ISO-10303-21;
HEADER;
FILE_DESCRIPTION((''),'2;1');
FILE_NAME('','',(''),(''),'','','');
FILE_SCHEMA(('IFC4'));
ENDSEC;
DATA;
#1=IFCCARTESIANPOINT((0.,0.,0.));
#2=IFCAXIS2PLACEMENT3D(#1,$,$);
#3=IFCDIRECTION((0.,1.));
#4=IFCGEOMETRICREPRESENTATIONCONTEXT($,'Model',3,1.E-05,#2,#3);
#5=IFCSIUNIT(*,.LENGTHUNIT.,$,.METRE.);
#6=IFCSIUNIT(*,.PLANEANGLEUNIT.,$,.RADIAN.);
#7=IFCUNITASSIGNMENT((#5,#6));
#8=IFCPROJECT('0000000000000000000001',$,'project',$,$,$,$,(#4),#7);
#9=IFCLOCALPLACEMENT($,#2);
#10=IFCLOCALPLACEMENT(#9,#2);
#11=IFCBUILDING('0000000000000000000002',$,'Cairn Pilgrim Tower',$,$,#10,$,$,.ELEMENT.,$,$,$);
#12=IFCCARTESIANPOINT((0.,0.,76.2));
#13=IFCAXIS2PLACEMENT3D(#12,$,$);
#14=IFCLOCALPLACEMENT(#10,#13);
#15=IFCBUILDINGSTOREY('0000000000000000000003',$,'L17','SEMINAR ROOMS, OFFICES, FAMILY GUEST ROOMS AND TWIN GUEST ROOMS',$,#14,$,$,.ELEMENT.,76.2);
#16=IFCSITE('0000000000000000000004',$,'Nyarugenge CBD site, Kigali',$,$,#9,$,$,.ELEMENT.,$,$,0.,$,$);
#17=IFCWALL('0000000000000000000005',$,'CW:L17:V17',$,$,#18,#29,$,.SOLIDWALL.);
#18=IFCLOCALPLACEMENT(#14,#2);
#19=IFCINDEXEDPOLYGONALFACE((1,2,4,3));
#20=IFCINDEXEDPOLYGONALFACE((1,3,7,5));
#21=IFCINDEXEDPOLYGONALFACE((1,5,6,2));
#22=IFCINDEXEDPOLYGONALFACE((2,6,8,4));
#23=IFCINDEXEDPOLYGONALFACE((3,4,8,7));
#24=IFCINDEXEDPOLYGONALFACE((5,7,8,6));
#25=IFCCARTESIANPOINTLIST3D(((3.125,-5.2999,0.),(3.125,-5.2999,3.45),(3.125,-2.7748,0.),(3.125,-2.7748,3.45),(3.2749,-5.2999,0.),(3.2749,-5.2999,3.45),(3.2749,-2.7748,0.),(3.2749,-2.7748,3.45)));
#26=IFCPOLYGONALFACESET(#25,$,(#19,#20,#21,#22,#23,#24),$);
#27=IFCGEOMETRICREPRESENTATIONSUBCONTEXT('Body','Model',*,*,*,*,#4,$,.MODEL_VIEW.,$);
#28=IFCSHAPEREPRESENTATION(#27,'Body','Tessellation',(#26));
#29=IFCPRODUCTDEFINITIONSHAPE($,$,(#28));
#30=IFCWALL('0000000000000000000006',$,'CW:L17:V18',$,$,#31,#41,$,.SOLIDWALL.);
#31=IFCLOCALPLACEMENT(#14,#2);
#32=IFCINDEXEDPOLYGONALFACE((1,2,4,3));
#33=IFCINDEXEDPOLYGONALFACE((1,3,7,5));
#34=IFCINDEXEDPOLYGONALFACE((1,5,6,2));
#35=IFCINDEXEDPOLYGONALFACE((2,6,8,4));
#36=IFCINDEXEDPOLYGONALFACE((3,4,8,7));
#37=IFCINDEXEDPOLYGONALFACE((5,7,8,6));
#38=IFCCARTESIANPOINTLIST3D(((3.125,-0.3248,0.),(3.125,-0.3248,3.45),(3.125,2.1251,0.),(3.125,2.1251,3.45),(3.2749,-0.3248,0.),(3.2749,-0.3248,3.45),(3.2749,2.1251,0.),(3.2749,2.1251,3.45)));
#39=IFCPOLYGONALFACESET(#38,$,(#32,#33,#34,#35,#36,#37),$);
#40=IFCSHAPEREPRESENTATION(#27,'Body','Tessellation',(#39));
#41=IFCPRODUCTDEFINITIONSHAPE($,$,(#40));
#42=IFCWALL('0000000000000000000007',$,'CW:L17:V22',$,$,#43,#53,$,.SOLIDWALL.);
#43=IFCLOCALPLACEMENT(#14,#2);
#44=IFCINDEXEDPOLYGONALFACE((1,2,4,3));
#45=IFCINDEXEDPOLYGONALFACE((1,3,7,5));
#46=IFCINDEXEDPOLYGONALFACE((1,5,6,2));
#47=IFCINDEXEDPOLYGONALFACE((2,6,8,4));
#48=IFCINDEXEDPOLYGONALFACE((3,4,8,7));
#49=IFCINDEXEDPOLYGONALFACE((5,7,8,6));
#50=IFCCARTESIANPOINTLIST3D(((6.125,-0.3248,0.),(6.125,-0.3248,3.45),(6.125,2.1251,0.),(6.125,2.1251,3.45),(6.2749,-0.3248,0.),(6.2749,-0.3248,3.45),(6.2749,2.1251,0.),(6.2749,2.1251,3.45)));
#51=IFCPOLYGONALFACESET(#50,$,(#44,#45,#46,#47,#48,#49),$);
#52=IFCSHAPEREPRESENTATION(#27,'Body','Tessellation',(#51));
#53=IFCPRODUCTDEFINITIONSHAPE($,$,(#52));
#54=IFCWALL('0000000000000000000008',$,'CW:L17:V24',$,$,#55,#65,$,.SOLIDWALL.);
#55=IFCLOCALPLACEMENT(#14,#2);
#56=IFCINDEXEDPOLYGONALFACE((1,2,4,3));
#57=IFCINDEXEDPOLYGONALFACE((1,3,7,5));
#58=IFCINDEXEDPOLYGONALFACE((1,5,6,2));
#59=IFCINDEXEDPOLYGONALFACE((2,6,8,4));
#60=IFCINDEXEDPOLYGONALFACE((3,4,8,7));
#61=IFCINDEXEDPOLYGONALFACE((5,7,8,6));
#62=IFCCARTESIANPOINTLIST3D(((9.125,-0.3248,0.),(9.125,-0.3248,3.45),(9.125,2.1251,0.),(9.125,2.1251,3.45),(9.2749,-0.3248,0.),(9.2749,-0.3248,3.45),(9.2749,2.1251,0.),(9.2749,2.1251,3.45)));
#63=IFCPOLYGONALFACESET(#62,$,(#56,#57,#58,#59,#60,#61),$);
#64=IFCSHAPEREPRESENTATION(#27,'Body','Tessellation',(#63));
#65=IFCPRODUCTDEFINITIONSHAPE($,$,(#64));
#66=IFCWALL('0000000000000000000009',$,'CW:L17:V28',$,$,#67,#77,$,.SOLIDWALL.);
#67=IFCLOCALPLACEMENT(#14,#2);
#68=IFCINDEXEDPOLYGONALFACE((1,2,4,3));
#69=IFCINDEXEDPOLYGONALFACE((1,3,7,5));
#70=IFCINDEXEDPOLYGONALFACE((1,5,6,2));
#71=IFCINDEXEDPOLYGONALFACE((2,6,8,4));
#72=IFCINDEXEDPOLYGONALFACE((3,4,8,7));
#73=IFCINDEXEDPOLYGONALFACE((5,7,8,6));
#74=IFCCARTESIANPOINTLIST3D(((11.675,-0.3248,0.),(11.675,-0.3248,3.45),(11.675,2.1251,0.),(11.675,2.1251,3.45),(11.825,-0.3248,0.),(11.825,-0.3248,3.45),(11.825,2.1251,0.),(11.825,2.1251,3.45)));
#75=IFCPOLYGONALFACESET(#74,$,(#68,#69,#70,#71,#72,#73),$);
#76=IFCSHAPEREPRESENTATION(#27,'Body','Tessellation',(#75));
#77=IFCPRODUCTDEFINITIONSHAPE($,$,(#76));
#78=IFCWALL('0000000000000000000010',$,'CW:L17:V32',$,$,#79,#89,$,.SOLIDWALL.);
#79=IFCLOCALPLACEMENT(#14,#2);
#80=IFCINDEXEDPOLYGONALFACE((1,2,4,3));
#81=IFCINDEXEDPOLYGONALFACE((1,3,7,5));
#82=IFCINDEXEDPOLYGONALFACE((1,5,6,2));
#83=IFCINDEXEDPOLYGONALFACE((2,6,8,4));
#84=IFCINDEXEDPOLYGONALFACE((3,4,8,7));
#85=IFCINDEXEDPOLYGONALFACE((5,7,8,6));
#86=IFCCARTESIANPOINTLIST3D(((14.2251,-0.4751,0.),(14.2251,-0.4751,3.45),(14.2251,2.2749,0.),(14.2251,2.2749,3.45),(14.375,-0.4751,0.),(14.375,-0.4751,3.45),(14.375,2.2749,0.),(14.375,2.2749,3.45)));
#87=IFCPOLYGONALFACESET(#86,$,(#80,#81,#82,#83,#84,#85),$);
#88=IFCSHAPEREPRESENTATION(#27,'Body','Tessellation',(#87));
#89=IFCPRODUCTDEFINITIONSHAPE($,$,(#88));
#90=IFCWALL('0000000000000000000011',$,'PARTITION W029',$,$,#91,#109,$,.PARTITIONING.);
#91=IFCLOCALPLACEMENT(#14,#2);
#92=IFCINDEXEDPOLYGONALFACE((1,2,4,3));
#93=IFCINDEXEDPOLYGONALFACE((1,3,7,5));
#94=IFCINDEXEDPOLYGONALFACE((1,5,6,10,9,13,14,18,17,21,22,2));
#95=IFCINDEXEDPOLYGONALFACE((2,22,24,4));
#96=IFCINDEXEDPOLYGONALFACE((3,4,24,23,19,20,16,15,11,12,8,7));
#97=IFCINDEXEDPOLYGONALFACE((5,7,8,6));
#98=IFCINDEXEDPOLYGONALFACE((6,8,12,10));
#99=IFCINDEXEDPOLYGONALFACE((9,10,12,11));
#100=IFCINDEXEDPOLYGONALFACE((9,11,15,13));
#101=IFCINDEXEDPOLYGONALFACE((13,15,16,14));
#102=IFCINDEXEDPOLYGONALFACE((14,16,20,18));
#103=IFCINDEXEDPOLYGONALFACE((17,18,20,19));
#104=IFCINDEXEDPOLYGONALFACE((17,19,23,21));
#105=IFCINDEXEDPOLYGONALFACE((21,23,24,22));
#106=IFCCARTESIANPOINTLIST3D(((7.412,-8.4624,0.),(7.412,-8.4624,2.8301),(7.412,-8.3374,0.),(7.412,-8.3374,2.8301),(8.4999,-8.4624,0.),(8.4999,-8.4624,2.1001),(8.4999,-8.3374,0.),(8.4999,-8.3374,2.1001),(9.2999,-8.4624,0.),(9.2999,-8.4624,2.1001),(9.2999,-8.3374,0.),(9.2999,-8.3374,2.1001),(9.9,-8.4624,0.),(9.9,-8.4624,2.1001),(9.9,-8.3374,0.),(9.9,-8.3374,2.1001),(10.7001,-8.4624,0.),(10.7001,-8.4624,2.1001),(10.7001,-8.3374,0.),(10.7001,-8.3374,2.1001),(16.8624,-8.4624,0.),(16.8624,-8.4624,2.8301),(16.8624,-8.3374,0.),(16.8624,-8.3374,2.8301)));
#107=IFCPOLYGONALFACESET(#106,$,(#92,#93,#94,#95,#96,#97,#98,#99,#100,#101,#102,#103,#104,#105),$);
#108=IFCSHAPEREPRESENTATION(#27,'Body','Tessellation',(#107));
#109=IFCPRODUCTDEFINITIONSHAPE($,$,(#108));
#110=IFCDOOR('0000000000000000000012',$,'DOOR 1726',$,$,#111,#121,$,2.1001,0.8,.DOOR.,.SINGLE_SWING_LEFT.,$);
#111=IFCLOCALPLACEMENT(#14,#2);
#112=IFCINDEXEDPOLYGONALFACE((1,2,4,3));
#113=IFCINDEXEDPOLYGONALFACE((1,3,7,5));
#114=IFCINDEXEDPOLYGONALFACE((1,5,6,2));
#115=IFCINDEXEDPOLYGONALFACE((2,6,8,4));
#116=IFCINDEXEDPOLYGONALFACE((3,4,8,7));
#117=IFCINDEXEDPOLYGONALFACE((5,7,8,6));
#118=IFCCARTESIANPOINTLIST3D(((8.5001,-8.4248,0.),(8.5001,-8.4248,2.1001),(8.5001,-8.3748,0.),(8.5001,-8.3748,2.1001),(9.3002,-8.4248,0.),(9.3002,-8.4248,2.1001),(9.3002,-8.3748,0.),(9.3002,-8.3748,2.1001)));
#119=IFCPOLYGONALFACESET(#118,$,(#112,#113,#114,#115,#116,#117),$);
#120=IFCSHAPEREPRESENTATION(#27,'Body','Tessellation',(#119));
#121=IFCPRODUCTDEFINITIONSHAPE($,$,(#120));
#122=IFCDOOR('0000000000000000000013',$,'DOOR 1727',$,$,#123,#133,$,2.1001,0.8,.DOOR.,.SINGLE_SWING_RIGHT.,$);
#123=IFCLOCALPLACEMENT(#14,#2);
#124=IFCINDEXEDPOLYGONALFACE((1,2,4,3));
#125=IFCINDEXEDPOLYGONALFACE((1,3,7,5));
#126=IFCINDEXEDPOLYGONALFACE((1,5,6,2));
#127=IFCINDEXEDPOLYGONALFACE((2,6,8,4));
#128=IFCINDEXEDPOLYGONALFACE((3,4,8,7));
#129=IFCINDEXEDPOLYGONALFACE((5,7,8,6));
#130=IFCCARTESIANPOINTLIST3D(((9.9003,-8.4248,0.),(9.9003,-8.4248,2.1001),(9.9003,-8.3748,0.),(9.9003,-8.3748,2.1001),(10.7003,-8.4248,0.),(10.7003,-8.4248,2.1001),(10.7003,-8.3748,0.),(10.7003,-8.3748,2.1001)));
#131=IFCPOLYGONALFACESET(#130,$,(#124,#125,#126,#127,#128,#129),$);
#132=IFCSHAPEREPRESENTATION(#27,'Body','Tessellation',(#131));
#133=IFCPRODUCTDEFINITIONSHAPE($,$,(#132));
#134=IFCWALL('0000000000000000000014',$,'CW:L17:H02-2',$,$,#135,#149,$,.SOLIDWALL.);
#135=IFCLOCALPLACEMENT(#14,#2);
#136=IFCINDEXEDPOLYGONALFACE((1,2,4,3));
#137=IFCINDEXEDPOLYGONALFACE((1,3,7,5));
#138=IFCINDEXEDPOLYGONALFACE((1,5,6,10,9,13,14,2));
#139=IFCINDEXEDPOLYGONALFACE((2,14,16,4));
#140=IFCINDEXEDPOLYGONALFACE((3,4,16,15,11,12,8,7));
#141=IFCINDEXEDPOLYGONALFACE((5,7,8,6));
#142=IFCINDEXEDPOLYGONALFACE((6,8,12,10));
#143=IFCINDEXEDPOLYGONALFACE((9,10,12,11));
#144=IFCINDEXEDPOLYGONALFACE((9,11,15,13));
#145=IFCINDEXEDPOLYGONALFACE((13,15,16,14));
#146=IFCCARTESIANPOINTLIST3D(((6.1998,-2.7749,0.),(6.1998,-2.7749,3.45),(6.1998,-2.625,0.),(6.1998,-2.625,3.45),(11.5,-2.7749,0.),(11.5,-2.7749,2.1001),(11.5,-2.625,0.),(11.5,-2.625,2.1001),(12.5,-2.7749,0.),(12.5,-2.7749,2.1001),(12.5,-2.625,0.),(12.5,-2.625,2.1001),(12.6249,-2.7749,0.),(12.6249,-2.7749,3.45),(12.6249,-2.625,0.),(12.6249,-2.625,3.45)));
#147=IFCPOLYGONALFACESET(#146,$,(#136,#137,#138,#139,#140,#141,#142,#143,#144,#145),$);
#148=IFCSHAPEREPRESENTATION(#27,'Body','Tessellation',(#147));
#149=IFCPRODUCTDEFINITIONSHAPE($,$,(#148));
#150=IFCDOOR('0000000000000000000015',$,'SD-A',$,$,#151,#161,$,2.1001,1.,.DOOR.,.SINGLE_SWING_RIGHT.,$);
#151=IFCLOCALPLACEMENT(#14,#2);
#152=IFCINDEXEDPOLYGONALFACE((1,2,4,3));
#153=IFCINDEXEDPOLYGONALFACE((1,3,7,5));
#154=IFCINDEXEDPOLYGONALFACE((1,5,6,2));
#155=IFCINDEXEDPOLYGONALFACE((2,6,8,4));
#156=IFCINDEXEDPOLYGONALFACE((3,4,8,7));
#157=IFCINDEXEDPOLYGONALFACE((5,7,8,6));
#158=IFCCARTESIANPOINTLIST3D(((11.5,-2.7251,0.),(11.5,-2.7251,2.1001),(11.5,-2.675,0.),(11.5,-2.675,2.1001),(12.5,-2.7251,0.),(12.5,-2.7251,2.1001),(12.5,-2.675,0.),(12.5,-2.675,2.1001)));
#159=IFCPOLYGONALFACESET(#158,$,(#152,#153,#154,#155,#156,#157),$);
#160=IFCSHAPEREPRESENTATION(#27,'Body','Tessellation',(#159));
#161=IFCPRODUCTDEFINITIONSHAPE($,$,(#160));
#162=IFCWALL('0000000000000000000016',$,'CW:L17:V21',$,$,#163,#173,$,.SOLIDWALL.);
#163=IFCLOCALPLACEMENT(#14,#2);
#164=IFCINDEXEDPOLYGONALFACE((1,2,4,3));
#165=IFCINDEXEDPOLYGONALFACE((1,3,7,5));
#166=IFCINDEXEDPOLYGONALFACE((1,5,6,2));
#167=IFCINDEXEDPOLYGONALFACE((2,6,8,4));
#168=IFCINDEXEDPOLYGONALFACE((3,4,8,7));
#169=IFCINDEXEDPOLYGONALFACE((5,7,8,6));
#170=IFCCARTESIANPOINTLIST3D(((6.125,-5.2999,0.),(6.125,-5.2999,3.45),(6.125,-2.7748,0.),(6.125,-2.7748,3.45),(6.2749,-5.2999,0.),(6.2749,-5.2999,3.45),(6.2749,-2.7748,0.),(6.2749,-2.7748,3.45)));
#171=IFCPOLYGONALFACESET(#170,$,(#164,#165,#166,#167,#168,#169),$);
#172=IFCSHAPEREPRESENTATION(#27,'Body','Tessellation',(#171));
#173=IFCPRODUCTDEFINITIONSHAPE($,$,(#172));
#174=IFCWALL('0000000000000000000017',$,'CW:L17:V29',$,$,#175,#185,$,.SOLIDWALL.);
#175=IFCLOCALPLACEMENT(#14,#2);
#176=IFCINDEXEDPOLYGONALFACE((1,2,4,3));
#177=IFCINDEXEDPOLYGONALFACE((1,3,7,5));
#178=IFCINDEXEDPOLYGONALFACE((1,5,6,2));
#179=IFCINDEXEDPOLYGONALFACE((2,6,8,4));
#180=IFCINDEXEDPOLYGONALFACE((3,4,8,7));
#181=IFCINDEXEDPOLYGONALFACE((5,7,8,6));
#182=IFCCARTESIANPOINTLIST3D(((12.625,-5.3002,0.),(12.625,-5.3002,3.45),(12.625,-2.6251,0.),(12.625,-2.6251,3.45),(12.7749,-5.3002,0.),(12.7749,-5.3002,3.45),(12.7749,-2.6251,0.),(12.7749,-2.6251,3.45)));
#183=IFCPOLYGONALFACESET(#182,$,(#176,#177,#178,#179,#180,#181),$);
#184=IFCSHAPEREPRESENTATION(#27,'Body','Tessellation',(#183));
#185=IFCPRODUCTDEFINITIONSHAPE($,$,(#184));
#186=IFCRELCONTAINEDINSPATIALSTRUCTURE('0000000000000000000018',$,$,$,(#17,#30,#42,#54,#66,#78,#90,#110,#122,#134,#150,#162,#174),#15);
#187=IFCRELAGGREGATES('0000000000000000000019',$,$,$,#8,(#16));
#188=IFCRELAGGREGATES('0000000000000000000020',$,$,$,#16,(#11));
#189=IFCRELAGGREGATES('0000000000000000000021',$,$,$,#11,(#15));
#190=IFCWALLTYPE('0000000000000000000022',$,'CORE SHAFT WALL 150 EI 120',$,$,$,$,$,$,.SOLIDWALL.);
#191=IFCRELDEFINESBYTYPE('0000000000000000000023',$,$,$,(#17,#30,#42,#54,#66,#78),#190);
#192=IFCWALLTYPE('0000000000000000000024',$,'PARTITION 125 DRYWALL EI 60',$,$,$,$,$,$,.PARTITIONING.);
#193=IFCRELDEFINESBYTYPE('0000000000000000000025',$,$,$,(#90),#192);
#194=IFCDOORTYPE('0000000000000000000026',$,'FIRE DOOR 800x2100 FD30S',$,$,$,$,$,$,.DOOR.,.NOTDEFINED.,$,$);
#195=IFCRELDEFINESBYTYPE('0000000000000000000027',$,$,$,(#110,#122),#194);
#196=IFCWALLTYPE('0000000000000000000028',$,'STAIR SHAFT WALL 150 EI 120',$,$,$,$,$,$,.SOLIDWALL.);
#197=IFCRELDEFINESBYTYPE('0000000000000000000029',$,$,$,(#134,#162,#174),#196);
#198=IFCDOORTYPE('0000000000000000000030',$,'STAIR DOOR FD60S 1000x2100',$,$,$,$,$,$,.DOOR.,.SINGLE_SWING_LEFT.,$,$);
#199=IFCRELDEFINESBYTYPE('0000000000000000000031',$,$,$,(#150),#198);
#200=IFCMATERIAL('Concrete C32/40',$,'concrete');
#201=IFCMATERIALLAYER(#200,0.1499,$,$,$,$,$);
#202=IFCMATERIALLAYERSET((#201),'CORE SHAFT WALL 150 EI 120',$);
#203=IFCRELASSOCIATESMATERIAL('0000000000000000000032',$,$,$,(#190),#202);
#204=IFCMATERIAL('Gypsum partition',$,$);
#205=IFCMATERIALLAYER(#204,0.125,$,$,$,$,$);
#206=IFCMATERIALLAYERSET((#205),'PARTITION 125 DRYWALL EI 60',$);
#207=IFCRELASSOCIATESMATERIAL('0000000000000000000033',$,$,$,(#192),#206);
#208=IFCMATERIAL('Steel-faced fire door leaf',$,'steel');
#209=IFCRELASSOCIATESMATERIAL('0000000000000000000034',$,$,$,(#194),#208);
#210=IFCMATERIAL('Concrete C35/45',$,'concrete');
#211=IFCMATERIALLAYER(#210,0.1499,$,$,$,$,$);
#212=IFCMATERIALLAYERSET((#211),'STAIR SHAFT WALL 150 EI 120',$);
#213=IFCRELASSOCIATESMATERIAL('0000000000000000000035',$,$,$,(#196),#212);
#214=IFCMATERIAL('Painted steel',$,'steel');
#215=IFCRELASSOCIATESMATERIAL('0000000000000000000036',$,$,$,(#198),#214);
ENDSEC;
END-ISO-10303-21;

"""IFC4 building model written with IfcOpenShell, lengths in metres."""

from ifc_helpers import new_model, si_unit, direction, frame, frame_2d, origin, place, context, subcontext, project, spatial, rectangle, extrude, material, layer, layer_set, type_object, element, fill, save


model = new_model("IFC4")

# Units and contexts
model_context = context("Model", 3, precision=1e-05, world=origin(), true_north=direction((0.0, 1.0)))
body_context = subcontext(model_context, "Body", "Model", "MODEL_VIEW")
ifc_project = project(units=[si_unit("LENGTHUNIT", "METRE"), si_unit("PLANEANGLEUNIT", "RADIAN")], contexts=[model_context])

# Site, building, storey
site_placement = place(None, origin())
site = spatial("IfcSite", under=ifc_project, at=site_placement, Name="Nyarugenge CBD site, Kigali", CompositionType="ELEMENT", RefElevation=0.0)
building_placement = place(site_placement, origin())
building = spatial("IfcBuilding", under=site, at=building_placement, Name="Cairn Pilgrim Tower", CompositionType="ELEMENT")
storey_placement = place(building_placement, frame((0.0, 0.0, 76.2)))
storey = spatial("IfcBuildingStorey", under=building, at=storey_placement, Name="L17", Description="SEMINAR ROOMS, OFFICES, FAMILY GUEST ROOMS AND TWIN GUEST ROOMS", CompositionType="ELEMENT", Elevation=76.2)

# Shared definitions
ifc_material_1 = material(Name="Concrete C32/40", Category="concrete")

# Shared definitions
ifc_material_2 = material(Name="Painted steel", Category="steel")

# Walls
ifc_layer_1 = layer(ifc_material_1, 0.1499)
ifc_layer_set_1 = layer_set([ifc_layer_1], Name="CORE SHAFT WALL 150 EI 120")
wall_type_1 = type_object("IfcWallType", Name="CORE SHAFT WALL 150 EI 120", PredefinedType="SOLIDWALL", material=ifc_layer_set_1)
wall_1_placement = place(storey_placement, frame((3.2, -5.3, 0.0), z_axis=(0.0, 0.0, 1.0), x_axis=(0.0, 1.0, 0.0)))
element("IfcWall", 1, at=wall_1_placement, inside=storey, type_object=wall_type_1, Name="CW:L17:V17", PredefinedType="SOLIDWALL", context=body_context, shape_type="SweptSolid", body=[
    extrude(rectangle(XDim=2.5251, YDim=0.1499, at=frame_2d((1.2627, 0.0))), origin(), (0.0, 0.0, 1.0), 3.45),
])
for number, where, z_axis, x_axis, name in (
    (2, (3.2, -0.325, 0.0), (0.0, 0.0, 1.0), (0.0, 1.0, 0.0), "CW:L17:V18"),
    (3, (6.2, -0.325, 0.0), (0.0, 0.0, 1.0), (0.0, 1.0, 0.0), "CW:L17:V22"),
    (4, (9.2, -0.325, 0.0), (0.0, 0.0, 1.0), (0.0, 1.0, 0.0), "CW:L17:V24"),
    (5, (11.75, -0.325, 0.0), (0.0, 0.0, 1.0), (0.0, 1.0, 0.0), "CW:L17:V28"),
):
    element("IfcWall", number, at=place(storey_placement, frame(where, z_axis=z_axis, x_axis=x_axis)), inside=storey, type_object=wall_type_1, Name=name, PredefinedType="SOLIDWALL", context=body_context, shape_type="SweptSolid", body=[
        extrude(rectangle(XDim=2.45, YDim=0.1499, at=frame_2d((1.2251, 0.0))), origin(), (0.0, 0.0, 1.0), 3.45),
    ])
wall_2_placement = place(storey_placement, frame((14.3, -0.4751, 0.0), z_axis=(0.0, 0.0, 1.0), x_axis=(0.0, 1.0, 0.0)))
element("IfcWall", 6, at=wall_2_placement, inside=storey, type_object=wall_type_1, Name="CW:L17:V32", PredefinedType="SOLIDWALL", context=body_context, shape_type="SweptSolid", body=[
    extrude(rectangle(XDim=2.75, YDim=0.1499, at=frame_2d((1.375, 0.0))), origin(), (0.0, 0.0, 1.0), 3.45),
])

# Wall, openings, doors
ifc_material_3 = material(Name="Gypsum partition")
ifc_layer_2 = layer(ifc_material_3, 0.125)
ifc_layer_set_2 = layer_set([ifc_layer_2], Name="PARTITION 125 DRYWALL EI 60")
wall_type_2 = type_object("IfcWallType", Name="PARTITION 125 DRYWALL EI 60", PredefinedType="PARTITIONING", material=ifc_layer_set_2)
wall_3_placement = place(storey_placement, frame((7.4121, -8.3999, 0.0), z_axis=(0.0, 0.0, 1.0), x_axis=(1.0, 0.0, 0.0)))
wall_3 = element("IfcWall", 7, at=wall_3_placement, inside=storey, type_object=wall_type_2, Name="PARTITION W029", PredefinedType="PARTITIONING", context=body_context, shape_type="SweptSolid", body=[
    extrude(rectangle(XDim=9.4504, YDim=0.125, at=frame_2d((4.7251, 0.0))), origin(), (0.0, 0.0, 1.0), 2.8301),
])
opening_1_placement = place(wall_3_placement, frame((1.0879, 0.0, 0.0)))
opening_1 = element("IfcOpeningElement", 8, at=opening_1_placement, cuts=wall_3, PredefinedType="OPENING", context=body_context, shape_type="SweptSolid", body=[
    extrude(rectangle(XDim=0.8, YDim=2.1001, at=frame_2d((0.3999, 1.05))), frame((0.0, 0.0725, 0.0), z_axis=(0.0, -1.0, 0.0), x_axis=(1.0, 0.0, 0.0)), (0.0, 0.0, 1.0), 0.145),
])
opening_2_placement = place(wall_3_placement, frame((2.488, 0.0, 0.0)))
opening_2 = element("IfcOpeningElement", 9, at=opening_2_placement, cuts=wall_3, PredefinedType="OPENING", context=body_context, shape_type="SweptSolid", body=[
    extrude(rectangle(XDim=0.8, YDim=2.1001, at=frame_2d((0.3999, 1.05))), frame((0.0, 0.0725, 0.0), z_axis=(0.0, -1.0, 0.0), x_axis=(1.0, 0.0, 0.0)), (0.0, 0.0, 1.0), 0.145),
])
ifc_material_4 = material(Name="Steel-faced fire door leaf", Category="steel")
door_type_1 = type_object("IfcDoorType", Name="FIRE DOOR 800x2100 FD30S", OperationType="NOTDEFINED", PredefinedType="DOOR", material=ifc_material_4)
door_1_placement = place(opening_1_placement, frame((0.8, 0.0, 0.0), z_axis=(0.0, 0.0, 1.0), x_axis=(-1.0, 0.0, 0.0)))
door_1 = element("IfcDoor", 10, at=door_1_placement, inside=storey, type_object=door_type_1, Name="DOOR 1726", OperationType="SINGLE_SWING_LEFT", OverallHeight=2.1001, OverallWidth=0.8, PredefinedType="DOOR", context=body_context, shape_type="SweptSolid", body=[
    extrude(rectangle(XDim=0.8, YDim=2.1001, at=frame_2d((0.3999, 1.05))), frame((0.0, 0.0249, 0.0), z_axis=(0.0, -1.0, 0.0), x_axis=(1.0, 0.0, 0.0)), (0.0, 0.0, 1.0), 0.05),
])
fill(opening_1, door_1)
door_2_placement = place(opening_2_placement, frame((0.8, 0.0, 0.0), z_axis=(0.0, 0.0, 1.0), x_axis=(-1.0, 0.0, 0.0)))
door_2 = element("IfcDoor", 11, at=door_2_placement, inside=storey, type_object=door_type_1, Name="DOOR 1727", OperationType="SINGLE_SWING_RIGHT", OverallHeight=2.1001, OverallWidth=0.8, PredefinedType="DOOR", context=body_context, shape_type="SweptSolid", body=[
    extrude(rectangle(XDim=0.8, YDim=2.1001, at=frame_2d((0.3999, 1.05))), frame((0.0, 0.0249, 0.0), z_axis=(0.0, -1.0, 0.0), x_axis=(1.0, 0.0, 0.0)), (0.0, 0.0, 1.0), 0.05),
])
fill(opening_2, door_2)

# Wall, opening, door
ifc_material_5 = material(Name="Concrete C35/45", Category="concrete")
ifc_layer_3 = layer(ifc_material_5, 0.1499)
ifc_layer_set_3 = layer_set([ifc_layer_3], Name="STAIR SHAFT WALL 150 EI 120")
wall_type_3 = type_object("IfcWallType", Name="STAIR SHAFT WALL 150 EI 120", PredefinedType="SOLIDWALL", material=ifc_layer_set_3)
wall_4_placement = place(storey_placement, frame((6.2, -2.7, 0.0), z_axis=(0.0, 0.0, 1.0), x_axis=(1.0, 0.0, 0.0)))
wall_4 = element("IfcWall", 12, at=wall_4_placement, inside=storey, type_object=wall_type_3, Name="CW:L17:H02-2", PredefinedType="SOLIDWALL", context=body_context, shape_type="SweptSolid", body=[
    extrude(rectangle(XDim=6.425, YDim=0.1499, at=frame_2d((3.2124, 0.0))), origin(), (0.0, 0.0, 1.0), 3.45),
])
opening_3_placement = place(wall_4_placement, frame((5.3, 0.0, 0.0)))
opening_3 = element("IfcOpeningElement", 13, at=opening_3_placement, cuts=wall_4, PredefinedType="OPENING", context=body_context, shape_type="SweptSolid", body=[
    extrude(rectangle(XDim=1.0, YDim=2.1001, at=frame_2d((0.5, 1.05))), frame((0.0, 0.085, 0.0), z_axis=(0.0, -1.0, 0.0), x_axis=(1.0, 0.0, 0.0)), (0.0, 0.0, 1.0), 0.1699),
])
door_type_2 = type_object("IfcDoorType", Name="STAIR DOOR FD60S 1000x2100", OperationType="SINGLE_SWING_LEFT", PredefinedType="DOOR", material=ifc_material_2)
door_3_placement = place(opening_3_placement, origin())
door_3 = element("IfcDoor", 14, at=door_3_placement, inside=storey, type_object=door_type_2, Name="SD-A", OperationType="SINGLE_SWING_RIGHT", OverallHeight=2.1001, OverallWidth=1.0, PredefinedType="DOOR", context=body_context, shape_type="SweptSolid", body=[
    extrude(rectangle(XDim=1.0, YDim=2.1001, at=frame_2d((0.5, 1.05))), frame((0.0, 0.0249, 0.0), z_axis=(0.0, -1.0, 0.0), x_axis=(1.0, 0.0, 0.0)), (0.0, 0.0, 1.0), 0.05),
])
fill(opening_3, door_3)

# Walls
wall_5_placement = place(storey_placement, frame((6.2, -5.3, 0.0), z_axis=(0.0, 0.0, 1.0), x_axis=(0.0, 1.0, 0.0)))
element("IfcWall", 15, at=wall_5_placement, inside=storey, type_object=wall_type_3, Name="CW:L17:V21", PredefinedType="SOLIDWALL", context=body_context, shape_type="SweptSolid", body=[
    extrude(rectangle(XDim=2.5251, YDim=0.1499, at=frame_2d((1.2627, 0.0))), origin(), (0.0, 0.0, 1.0), 3.45),
])
wall_6_placement = place(storey_placement, frame((12.7, -5.3, 0.0), z_axis=(0.0, 0.0, 1.0), x_axis=(0.0, 1.0, 0.0)))
element("IfcWall", 16, at=wall_6_placement, inside=storey, type_object=wall_type_3, Name="CW:L17:V29", PredefinedType="SOLIDWALL", context=body_context, shape_type="SweptSolid", body=[
    extrude(rectangle(XDim=2.675, YDim=0.1499, at=frame_2d((1.3374, 0.0))), origin(), (0.0, 0.0, 1.0), 3.45),
])

save(model, "model.ifc")
